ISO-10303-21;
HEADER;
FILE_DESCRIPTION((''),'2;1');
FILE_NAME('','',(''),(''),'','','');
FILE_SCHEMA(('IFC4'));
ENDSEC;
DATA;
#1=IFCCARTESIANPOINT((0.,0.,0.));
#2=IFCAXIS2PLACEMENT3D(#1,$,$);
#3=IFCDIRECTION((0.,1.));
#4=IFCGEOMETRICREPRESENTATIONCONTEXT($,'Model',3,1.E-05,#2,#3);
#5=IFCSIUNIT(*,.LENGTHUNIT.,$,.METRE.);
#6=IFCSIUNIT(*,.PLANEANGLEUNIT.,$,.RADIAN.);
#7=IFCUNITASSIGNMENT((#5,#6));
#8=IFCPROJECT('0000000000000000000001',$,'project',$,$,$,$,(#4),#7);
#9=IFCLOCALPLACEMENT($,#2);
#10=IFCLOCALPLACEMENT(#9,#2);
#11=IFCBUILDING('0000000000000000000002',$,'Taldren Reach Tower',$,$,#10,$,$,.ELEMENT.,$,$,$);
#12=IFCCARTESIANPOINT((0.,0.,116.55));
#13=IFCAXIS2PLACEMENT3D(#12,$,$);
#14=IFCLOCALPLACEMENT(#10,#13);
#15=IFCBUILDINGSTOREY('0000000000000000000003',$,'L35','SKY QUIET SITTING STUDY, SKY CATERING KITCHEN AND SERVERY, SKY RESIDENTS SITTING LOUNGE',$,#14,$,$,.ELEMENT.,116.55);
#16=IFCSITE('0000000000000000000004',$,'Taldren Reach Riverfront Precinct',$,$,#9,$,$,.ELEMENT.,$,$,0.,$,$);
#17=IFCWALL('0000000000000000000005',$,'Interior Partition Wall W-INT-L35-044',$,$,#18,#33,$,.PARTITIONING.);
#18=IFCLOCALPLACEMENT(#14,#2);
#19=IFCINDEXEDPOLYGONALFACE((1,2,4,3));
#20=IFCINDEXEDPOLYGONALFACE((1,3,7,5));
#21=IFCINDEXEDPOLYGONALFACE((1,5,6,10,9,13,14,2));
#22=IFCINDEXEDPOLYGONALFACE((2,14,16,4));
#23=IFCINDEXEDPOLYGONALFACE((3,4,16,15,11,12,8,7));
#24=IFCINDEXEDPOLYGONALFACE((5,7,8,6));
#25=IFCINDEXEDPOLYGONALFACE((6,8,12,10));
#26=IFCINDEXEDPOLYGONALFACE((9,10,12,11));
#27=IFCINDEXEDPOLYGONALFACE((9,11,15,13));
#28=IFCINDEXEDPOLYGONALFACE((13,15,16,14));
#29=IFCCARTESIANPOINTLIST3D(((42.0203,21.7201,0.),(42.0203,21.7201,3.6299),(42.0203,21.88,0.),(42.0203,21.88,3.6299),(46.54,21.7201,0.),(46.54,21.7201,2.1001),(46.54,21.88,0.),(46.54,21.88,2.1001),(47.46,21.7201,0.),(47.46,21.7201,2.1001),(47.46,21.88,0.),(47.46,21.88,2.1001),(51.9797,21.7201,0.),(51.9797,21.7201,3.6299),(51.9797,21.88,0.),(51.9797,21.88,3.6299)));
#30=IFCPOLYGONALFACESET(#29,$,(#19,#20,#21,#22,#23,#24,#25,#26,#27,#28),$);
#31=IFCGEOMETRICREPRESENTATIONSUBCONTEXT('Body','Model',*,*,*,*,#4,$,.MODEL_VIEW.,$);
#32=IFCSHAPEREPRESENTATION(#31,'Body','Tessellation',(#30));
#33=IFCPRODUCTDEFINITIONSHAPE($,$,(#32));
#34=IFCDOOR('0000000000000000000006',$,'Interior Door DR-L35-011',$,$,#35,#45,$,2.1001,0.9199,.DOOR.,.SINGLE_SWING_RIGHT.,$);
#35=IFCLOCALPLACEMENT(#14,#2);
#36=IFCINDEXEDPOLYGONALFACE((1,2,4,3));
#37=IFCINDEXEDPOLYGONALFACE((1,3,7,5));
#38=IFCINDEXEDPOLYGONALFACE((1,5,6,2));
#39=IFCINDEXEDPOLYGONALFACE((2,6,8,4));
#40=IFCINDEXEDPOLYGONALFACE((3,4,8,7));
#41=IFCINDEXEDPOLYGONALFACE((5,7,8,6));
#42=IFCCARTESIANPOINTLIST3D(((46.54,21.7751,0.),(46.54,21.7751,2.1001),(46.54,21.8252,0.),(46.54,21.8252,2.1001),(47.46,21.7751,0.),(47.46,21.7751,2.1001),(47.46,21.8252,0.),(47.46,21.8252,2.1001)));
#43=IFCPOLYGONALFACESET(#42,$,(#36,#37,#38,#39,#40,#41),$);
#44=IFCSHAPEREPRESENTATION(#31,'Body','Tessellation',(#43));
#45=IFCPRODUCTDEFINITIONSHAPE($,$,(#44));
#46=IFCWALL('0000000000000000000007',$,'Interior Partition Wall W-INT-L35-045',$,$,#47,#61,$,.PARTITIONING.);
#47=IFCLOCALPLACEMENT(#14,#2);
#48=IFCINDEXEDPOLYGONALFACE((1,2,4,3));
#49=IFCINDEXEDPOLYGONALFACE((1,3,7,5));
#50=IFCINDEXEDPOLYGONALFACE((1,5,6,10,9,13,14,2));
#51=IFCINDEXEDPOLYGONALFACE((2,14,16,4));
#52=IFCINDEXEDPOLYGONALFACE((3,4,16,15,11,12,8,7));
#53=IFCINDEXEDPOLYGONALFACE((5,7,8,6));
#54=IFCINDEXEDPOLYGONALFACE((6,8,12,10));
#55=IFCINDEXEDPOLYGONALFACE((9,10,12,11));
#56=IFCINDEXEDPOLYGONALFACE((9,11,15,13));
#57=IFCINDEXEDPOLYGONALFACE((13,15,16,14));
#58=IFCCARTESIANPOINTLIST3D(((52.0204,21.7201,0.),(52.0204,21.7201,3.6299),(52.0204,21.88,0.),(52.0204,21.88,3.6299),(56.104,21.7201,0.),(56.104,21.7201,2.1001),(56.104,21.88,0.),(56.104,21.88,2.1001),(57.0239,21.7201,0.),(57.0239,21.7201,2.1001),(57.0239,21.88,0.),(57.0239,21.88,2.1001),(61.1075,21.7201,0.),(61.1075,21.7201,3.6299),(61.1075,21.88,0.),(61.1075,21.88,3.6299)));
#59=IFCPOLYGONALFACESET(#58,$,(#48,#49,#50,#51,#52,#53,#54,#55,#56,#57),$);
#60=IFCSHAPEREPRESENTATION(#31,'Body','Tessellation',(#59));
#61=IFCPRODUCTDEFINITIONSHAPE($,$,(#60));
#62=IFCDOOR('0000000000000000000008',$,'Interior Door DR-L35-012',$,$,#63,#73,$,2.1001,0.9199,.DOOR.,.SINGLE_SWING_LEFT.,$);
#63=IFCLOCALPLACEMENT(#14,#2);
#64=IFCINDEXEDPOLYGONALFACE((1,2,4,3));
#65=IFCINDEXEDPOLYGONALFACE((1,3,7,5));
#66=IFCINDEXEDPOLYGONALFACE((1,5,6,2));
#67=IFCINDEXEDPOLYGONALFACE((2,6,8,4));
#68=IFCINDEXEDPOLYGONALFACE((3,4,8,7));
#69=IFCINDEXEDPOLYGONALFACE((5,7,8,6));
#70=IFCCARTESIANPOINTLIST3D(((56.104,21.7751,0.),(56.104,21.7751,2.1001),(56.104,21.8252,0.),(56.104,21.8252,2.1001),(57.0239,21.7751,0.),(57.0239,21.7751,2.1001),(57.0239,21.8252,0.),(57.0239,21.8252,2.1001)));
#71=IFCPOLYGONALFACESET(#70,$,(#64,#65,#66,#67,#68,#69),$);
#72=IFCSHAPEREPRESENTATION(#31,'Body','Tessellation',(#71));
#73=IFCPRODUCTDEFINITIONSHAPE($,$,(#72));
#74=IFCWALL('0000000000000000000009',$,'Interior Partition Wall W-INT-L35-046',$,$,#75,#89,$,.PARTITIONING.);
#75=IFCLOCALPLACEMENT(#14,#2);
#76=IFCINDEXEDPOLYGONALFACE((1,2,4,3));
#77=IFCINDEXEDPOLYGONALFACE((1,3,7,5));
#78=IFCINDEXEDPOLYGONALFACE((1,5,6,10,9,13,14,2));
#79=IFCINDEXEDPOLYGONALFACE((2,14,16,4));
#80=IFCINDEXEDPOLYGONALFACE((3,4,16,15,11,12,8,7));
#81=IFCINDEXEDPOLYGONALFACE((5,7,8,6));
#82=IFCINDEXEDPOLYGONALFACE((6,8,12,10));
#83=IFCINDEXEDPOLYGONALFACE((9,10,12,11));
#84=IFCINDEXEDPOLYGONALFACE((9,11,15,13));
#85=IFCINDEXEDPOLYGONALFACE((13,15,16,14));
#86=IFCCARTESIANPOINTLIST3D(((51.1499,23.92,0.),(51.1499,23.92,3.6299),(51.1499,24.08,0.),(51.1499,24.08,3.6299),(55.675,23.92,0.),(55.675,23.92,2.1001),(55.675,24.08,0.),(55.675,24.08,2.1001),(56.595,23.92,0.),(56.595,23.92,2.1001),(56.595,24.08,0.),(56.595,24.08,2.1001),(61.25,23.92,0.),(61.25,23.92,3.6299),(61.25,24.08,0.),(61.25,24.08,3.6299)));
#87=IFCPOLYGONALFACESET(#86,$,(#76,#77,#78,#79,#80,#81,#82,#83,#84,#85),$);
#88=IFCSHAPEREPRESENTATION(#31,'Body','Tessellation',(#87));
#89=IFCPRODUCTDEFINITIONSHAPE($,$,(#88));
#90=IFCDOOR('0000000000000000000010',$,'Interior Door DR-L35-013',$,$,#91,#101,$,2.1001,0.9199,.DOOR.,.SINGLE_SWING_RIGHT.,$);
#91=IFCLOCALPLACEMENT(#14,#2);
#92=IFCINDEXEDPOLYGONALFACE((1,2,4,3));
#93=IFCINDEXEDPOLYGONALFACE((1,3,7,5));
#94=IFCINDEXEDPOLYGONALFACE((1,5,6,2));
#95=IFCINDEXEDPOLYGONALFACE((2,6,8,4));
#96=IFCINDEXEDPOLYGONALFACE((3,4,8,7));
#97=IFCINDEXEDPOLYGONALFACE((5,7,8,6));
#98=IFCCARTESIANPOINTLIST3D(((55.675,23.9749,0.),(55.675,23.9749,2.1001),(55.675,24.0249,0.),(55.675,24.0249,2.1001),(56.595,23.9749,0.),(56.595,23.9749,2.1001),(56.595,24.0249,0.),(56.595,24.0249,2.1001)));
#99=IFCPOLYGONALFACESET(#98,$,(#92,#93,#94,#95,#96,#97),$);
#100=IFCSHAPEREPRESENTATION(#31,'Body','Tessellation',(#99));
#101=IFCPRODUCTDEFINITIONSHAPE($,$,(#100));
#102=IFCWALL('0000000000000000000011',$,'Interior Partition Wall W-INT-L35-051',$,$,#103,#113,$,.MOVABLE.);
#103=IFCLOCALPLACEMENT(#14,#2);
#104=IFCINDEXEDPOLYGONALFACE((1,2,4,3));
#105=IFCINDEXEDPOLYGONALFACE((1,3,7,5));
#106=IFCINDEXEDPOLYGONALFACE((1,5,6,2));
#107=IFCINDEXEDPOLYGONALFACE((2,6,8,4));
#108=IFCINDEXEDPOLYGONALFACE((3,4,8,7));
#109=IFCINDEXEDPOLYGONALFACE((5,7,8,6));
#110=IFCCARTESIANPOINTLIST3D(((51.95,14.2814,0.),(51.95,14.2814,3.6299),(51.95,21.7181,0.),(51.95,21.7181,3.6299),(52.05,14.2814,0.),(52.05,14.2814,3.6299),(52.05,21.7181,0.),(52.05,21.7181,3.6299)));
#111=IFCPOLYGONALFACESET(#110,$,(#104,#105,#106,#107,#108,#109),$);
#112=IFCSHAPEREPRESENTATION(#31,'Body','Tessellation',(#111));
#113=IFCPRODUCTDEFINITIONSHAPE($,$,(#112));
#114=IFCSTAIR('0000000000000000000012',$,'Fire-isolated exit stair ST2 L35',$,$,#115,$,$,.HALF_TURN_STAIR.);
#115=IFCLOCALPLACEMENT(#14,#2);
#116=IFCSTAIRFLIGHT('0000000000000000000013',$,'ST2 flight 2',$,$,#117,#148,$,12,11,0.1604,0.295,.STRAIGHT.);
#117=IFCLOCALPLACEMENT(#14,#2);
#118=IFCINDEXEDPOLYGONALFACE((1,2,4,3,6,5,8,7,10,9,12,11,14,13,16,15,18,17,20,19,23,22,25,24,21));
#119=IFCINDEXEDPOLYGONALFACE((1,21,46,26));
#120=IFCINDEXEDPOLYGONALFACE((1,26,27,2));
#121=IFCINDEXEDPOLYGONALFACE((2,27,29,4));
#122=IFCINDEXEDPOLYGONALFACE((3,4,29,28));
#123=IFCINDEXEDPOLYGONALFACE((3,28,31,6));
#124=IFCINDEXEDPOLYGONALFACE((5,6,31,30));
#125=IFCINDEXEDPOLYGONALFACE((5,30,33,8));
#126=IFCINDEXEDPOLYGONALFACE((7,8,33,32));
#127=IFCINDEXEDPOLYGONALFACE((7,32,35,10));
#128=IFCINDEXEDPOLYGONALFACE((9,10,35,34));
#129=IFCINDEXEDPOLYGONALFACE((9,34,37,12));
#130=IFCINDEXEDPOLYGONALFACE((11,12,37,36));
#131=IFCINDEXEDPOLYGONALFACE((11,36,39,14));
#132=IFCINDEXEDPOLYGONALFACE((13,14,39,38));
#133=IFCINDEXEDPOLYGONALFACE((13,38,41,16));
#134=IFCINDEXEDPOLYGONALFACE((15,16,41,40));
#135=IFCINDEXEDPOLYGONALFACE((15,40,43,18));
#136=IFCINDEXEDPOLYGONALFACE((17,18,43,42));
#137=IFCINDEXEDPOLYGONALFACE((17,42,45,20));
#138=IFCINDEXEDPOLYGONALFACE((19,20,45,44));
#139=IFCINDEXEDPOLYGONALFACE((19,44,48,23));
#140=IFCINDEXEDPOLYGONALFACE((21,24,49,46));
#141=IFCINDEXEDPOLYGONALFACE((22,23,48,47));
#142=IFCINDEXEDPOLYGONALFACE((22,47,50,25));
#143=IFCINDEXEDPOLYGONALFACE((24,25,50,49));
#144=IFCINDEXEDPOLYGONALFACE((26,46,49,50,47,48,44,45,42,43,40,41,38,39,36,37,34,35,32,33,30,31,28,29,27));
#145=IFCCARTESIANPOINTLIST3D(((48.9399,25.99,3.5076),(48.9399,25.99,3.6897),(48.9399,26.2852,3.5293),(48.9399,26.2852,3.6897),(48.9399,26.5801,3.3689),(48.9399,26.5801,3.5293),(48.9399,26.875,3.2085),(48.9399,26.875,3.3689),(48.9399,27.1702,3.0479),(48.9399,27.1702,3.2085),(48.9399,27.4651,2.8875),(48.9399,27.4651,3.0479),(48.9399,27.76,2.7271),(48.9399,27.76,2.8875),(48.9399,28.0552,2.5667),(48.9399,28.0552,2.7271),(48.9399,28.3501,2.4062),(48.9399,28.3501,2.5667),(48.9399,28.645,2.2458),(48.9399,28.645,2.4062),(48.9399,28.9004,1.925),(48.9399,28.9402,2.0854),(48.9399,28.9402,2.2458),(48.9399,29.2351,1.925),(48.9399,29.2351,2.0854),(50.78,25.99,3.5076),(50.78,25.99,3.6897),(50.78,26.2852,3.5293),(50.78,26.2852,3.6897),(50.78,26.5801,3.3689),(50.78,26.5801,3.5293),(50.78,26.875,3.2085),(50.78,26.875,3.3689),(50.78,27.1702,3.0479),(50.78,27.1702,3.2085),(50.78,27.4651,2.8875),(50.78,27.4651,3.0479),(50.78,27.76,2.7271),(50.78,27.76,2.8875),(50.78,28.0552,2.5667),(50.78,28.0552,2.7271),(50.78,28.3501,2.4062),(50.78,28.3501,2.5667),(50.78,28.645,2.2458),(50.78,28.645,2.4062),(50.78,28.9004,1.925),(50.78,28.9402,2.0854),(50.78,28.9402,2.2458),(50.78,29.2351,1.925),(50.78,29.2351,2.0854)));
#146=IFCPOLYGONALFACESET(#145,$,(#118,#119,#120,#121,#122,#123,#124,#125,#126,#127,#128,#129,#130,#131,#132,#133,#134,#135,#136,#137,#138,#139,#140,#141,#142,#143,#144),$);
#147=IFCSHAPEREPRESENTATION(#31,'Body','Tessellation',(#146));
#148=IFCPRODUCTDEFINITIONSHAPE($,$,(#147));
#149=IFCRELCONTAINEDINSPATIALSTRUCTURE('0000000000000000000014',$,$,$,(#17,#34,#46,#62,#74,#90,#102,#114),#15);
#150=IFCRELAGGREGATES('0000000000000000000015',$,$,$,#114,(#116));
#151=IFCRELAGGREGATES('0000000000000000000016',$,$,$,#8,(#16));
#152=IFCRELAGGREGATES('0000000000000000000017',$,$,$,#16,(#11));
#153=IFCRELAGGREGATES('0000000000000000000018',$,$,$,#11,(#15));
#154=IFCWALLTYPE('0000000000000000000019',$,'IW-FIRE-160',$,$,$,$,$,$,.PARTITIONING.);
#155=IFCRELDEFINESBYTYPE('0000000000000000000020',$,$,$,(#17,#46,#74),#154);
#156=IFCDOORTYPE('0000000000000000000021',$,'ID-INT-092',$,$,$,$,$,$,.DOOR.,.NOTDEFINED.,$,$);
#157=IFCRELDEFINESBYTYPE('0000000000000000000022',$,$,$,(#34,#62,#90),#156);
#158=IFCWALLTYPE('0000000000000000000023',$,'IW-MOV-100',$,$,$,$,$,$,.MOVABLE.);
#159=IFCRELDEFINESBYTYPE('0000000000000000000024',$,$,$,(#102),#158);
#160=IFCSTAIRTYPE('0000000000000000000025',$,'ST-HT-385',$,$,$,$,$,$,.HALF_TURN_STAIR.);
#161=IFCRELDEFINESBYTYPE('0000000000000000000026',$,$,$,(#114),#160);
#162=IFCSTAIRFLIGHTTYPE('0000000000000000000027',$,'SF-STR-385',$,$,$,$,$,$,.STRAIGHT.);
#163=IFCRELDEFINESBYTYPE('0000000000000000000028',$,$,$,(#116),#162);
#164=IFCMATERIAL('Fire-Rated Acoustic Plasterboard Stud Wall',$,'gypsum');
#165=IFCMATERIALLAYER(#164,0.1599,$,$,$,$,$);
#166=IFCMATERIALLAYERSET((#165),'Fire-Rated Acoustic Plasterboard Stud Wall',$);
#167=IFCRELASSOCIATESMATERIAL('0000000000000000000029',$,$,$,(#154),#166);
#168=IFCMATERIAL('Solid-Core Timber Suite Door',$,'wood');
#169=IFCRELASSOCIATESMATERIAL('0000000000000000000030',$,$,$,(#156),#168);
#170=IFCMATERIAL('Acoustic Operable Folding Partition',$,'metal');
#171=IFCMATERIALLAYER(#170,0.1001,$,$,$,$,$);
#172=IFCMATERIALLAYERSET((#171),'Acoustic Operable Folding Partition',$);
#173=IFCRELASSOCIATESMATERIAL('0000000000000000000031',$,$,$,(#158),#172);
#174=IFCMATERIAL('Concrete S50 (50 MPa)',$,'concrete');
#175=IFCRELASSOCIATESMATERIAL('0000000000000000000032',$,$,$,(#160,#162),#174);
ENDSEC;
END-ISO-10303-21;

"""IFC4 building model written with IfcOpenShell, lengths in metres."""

from ifc_helpers import new_model, si_unit, direction, frame, frame_2d, origin, place, context, subcontext, project, spatial, polyline, rectangle, outline, extrude, source, transform, mapped, material, layer, layer_set, type_object, element, fill, aggregate, save


model = new_model("IFC4")

# Units and contexts
model_context = context("Model", 3, precision=1e-05, world=origin(), true_north=direction((0.0, 1.0)))
body_context = subcontext(model_context, "Body", "Model", "MODEL_VIEW")
ifc_project = project(units=[si_unit("LENGTHUNIT", "METRE"), si_unit("PLANEANGLEUNIT", "RADIAN")], contexts=[model_context])

# Site, building, storey
site_placement = place(None, origin())
site = spatial("IfcSite", under=ifc_project, at=site_placement, Name="Taldren Reach Riverfront Precinct", CompositionType="ELEMENT", RefElevation=0.0)
building_placement = place(site_placement, origin())
building = spatial("IfcBuilding", under=site, at=building_placement, Name="Taldren Reach Tower", CompositionType="ELEMENT")
storey_placement = place(building_placement, frame((0.0, 0.0, 116.55)))
storey = spatial("IfcBuildingStorey", under=building, at=storey_placement, Name="L35", Description="SKY QUIET SITTING STUDY, SKY CATERING KITCHEN AND SERVERY, SKY RESIDENTS SITTING LOUNGE", CompositionType="ELEMENT", Elevation=116.55)

# Walls, openings, doors
ifc_material_1 = material(Name="Fire-Rated Acoustic Plasterboard Stud Wall", Category="gypsum")
ifc_layer_1 = layer(ifc_material_1, 0.1599)
ifc_layer_set_1 = layer_set([ifc_layer_1], Name="Fire-Rated Acoustic Plasterboard Stud Wall")
wall_type_1 = type_object("IfcWallType", Name="IW-FIRE-160", PredefinedType="PARTITIONING", material=ifc_layer_set_1)
shared_shape_1 = source(origin(), body_context, "Body", "SweptSolid", [
    extrude(rectangle(XDim=9.9595, YDim=0.1599, at=frame_2d((4.9797, 0.0))), origin(), (0.0, 0.0, 1.0), 3.6299),
])
wall_1_placement = place(storey_placement, frame((51.9797, 21.8, 0.0), z_axis=(0.0, 0.0, 1.0), x_axis=(-1.0, 0.0, 0.0)))
wall_1 = element("IfcWall", 1, at=wall_1_placement, inside=storey, type_object=wall_type_1, Name="Interior Partition Wall W-INT-L35-044", PredefinedType="PARTITIONING", context=body_context, shape_type="MappedRepresentation", body=[
    mapped(shared_shape_1, transform((0.0, 0.0, 0.0), scale=1.0)),
])
shared_shape_2 = source(origin(), body_context, "Body", "SweptSolid", [
    extrude(rectangle(XDim=0.9199, YDim=2.1001, at=frame_2d((0.46, 1.05))), frame((0.0, 0.0898, 0.0), z_axis=(0.0, -1.0, 0.0), x_axis=(1.0, 0.0, 0.0)), (0.0, 0.0, 1.0), 0.1799),
])
opening_1_placement = place(wall_1_placement, frame((4.5198, 0.0, 0.0)))
opening_1 = element("IfcOpeningElement", 2, at=opening_1_placement, cuts=wall_1, PredefinedType="OPENING", context=body_context, shape_type="MappedRepresentation", body=[
    mapped(shared_shape_2, transform((0.0, 0.0, 0.0), scale=1.0)),
])
ifc_material_2 = material(Name="Solid-Core Timber Suite Door", Category="wood")
door_type = type_object("IfcDoorType", Name="ID-INT-092", OperationType="NOTDEFINED", PredefinedType="DOOR", material=ifc_material_2)
shared_shape_3 = source(origin(), body_context, "Body", "SweptSolid", [
    extrude(rectangle(XDim=0.9199, YDim=2.1001, at=frame_2d((0.46, 1.05))), frame((0.0, 0.0249, 0.0), z_axis=(0.0, -1.0, 0.0), x_axis=(1.0, 0.0, 0.0)), (0.0, 0.0, 1.0), 0.05),
])
door_1_placement = place(opening_1_placement, origin())
door_1 = element("IfcDoor", 3, at=door_1_placement, inside=storey, type_object=door_type, Name="Interior Door DR-L35-011", OperationType="SINGLE_SWING_RIGHT", OverallHeight=2.1001, OverallWidth=0.9199, PredefinedType="DOOR", context=body_context, shape_type="MappedRepresentation", body=[
    mapped(shared_shape_3, transform((0.0, 0.0, 0.0), scale=1.0)),
])
fill(opening_1, door_1)
shared_shape_4 = source(origin(), body_context, "Body", "SweptSolid", [
    extrude(rectangle(XDim=9.0872, YDim=0.1599, at=frame_2d((4.5435, 0.0))), origin(), (0.0, 0.0, 1.0), 3.6299),
])
wall_2_placement = place(storey_placement, frame((61.1074, 21.8, 0.0), z_axis=(0.0, 0.0, 1.0), x_axis=(-1.0, 0.0, 0.0)))
wall_2 = element("IfcWall", 4, at=wall_2_placement, inside=storey, type_object=wall_type_1, Name="Interior Partition Wall W-INT-L35-045", PredefinedType="PARTITIONING", context=body_context, shape_type="MappedRepresentation", body=[
    mapped(shared_shape_4, transform((0.0, 0.0, 0.0), scale=1.0)),
])
opening_2_placement = place(wall_2_placement, frame((4.0835, 0.0, 0.0)))
opening_2 = element("IfcOpeningElement", 5, at=opening_2_placement, cuts=wall_2, PredefinedType="OPENING", context=body_context, shape_type="MappedRepresentation", body=[
    mapped(shared_shape_2, transform((0.0, 0.0, 0.0), scale=1.0)),
])
door_2_placement = place(opening_2_placement, origin())
door_2 = element("IfcDoor", 6, at=door_2_placement, inside=storey, type_object=door_type, Name="Interior Door DR-L35-012", OperationType="SINGLE_SWING_LEFT", OverallHeight=2.1001, OverallWidth=0.9199, PredefinedType="DOOR", context=body_context, shape_type="MappedRepresentation", body=[
    mapped(shared_shape_3, transform((0.0, 0.0, 0.0), scale=1.0)),
])
fill(opening_2, door_2)
shared_shape_5 = source(origin(), body_context, "Body", "SweptSolid", [
    extrude(rectangle(XDim=10.1001, YDim=0.1599, at=frame_2d((5.05, 0.0))), origin(), (0.0, 0.0, 1.0), 3.6299),
])
wall_3_placement = place(storey_placement, frame((51.1499, 24.0, 0.0), z_axis=(0.0, 0.0, 1.0), x_axis=(1.0, 0.0, 0.0)))
wall_3 = element("IfcWall", 7, at=wall_3_placement, inside=storey, type_object=wall_type_1, Name="Interior Partition Wall W-INT-L35-046", PredefinedType="PARTITIONING", context=body_context, shape_type="MappedRepresentation", body=[
    mapped(shared_shape_5, transform((0.0, 0.0, 0.0), scale=1.0)),
])
opening_3_placement = place(wall_3_placement, frame((4.5251, 0.0, 0.0)))
opening_3 = element("IfcOpeningElement", 8, at=opening_3_placement, cuts=wall_3, PredefinedType="OPENING", context=body_context, shape_type="MappedRepresentation", body=[
    mapped(shared_shape_2, transform((0.0, 0.0, 0.0), scale=1.0)),
])
door_3_placement = place(opening_3_placement, origin())
door_3 = element("IfcDoor", 9, at=door_3_placement, inside=storey, type_object=door_type, Name="Interior Door DR-L35-013", OperationType="SINGLE_SWING_RIGHT", OverallHeight=2.1001, OverallWidth=0.9199, PredefinedType="DOOR", context=body_context, shape_type="MappedRepresentation", body=[
    mapped(shared_shape_3, transform((0.0, 0.0, 0.0), scale=1.0)),
])
fill(opening_3, door_3)

# Wall
ifc_material_3 = material(Name="Acoustic Operable Folding Partition", Category="metal")
ifc_layer_2 = layer(ifc_material_3, 0.1001)
ifc_layer_set_2 = layer_set([ifc_layer_2], Name="Acoustic Operable Folding Partition")
wall_type_2 = type_object("IfcWallType", Name="IW-MOV-100", PredefinedType="MOVABLE", material=ifc_layer_set_2)
shared_shape_6 = source(origin(), body_context, "Body", "SweptSolid", [
    extrude(rectangle(XDim=7.4368, YDim=0.1001, at=frame_2d((3.7183, 0.0))), origin(), (0.0, 0.0, 1.0), 3.6299),
])
wall_4_placement = place(storey_placement, frame((52.0, 21.718, 0.0), z_axis=(0.0, 0.0, 1.0), x_axis=(0.0, -1.0, 0.0)))
element("IfcWall", 10, at=wall_4_placement, inside=storey, type_object=wall_type_2, Name="Interior Partition Wall W-INT-L35-051", PredefinedType="MOVABLE", context=body_context, shape_type="MappedRepresentation", body=[
    mapped(shared_shape_6, transform((0.0, 0.0, 0.0), scale=1.0)),
])

# Stair, stair flight
ifc_material_4 = material(Name="Concrete S50 (50 MPa)", Category="concrete")
stair_type = type_object("IfcStairType", Name="ST-HT-385", PredefinedType="HALF_TURN_STAIR", material=ifc_material_4)
stair_placement = place(storey_placement, origin())
stair = element("IfcStair", 11, at=stair_placement, inside=storey, type_object=stair_type, Name="Fire-isolated exit stair ST2 L35", PredefinedType="HALF_TURN_STAIR")
stair_flight_type = type_object("IfcStairFlightType", Name="SF-STR-385", PredefinedType="STRAIGHT", material=ifc_material_4)
stair_flight_placement = place(storey_placement, frame((49.8601, 29.2351, 1.925), z_axis=(0.0, 0.0, 1.0), x_axis=(0.0, -1.0, 0.0)))
stair_flight = element("IfcStairFlight", 12, at=stair_flight_placement, type_object=stair_flight_type, Name="ST2 flight 2", NumberOfRisers=12, NumberOfTreads=11, PredefinedType="STRAIGHT", RiserHeight=0.1604, TreadLength=0.295, context=body_context, shape_type="SweptSolid", body=[
    extrude(outline(polyline([(0.0, 0.0), (0.0, 0.1604), (0.2949, 0.1604), (0.2949, 0.3208), (0.5901, 0.3208), (0.5901, 0.4812), (0.885, 0.4812), (0.885, 0.6416), (1.1799, 0.6416), (1.1799, 0.802), (1.4751, 0.802), (1.4751, 0.9624), (1.77, 0.9624), (1.77, 1.1228), (2.0649, 1.1228), (2.0649, 1.2834), (2.3601, 1.2834), (2.3601, 1.4438), (2.655, 1.4438), (2.655, 1.6042), (2.95, 1.6042), (2.95, 1.7646), (3.2451, 1.7646), (3.2451, 1.925), (3.2451, 1.5825), (0.3347, 0.0), (0.0, 0.0)])), frame((0.0, 0.9199, 0.0), z_axis=(0.0, -1.0, 0.0), x_axis=(1.0, 0.0, 0.0)), (0.0, 0.0, 1.0), 1.8401),
])
aggregate(stair, [stair_flight])

save(model, "model.ifc")
